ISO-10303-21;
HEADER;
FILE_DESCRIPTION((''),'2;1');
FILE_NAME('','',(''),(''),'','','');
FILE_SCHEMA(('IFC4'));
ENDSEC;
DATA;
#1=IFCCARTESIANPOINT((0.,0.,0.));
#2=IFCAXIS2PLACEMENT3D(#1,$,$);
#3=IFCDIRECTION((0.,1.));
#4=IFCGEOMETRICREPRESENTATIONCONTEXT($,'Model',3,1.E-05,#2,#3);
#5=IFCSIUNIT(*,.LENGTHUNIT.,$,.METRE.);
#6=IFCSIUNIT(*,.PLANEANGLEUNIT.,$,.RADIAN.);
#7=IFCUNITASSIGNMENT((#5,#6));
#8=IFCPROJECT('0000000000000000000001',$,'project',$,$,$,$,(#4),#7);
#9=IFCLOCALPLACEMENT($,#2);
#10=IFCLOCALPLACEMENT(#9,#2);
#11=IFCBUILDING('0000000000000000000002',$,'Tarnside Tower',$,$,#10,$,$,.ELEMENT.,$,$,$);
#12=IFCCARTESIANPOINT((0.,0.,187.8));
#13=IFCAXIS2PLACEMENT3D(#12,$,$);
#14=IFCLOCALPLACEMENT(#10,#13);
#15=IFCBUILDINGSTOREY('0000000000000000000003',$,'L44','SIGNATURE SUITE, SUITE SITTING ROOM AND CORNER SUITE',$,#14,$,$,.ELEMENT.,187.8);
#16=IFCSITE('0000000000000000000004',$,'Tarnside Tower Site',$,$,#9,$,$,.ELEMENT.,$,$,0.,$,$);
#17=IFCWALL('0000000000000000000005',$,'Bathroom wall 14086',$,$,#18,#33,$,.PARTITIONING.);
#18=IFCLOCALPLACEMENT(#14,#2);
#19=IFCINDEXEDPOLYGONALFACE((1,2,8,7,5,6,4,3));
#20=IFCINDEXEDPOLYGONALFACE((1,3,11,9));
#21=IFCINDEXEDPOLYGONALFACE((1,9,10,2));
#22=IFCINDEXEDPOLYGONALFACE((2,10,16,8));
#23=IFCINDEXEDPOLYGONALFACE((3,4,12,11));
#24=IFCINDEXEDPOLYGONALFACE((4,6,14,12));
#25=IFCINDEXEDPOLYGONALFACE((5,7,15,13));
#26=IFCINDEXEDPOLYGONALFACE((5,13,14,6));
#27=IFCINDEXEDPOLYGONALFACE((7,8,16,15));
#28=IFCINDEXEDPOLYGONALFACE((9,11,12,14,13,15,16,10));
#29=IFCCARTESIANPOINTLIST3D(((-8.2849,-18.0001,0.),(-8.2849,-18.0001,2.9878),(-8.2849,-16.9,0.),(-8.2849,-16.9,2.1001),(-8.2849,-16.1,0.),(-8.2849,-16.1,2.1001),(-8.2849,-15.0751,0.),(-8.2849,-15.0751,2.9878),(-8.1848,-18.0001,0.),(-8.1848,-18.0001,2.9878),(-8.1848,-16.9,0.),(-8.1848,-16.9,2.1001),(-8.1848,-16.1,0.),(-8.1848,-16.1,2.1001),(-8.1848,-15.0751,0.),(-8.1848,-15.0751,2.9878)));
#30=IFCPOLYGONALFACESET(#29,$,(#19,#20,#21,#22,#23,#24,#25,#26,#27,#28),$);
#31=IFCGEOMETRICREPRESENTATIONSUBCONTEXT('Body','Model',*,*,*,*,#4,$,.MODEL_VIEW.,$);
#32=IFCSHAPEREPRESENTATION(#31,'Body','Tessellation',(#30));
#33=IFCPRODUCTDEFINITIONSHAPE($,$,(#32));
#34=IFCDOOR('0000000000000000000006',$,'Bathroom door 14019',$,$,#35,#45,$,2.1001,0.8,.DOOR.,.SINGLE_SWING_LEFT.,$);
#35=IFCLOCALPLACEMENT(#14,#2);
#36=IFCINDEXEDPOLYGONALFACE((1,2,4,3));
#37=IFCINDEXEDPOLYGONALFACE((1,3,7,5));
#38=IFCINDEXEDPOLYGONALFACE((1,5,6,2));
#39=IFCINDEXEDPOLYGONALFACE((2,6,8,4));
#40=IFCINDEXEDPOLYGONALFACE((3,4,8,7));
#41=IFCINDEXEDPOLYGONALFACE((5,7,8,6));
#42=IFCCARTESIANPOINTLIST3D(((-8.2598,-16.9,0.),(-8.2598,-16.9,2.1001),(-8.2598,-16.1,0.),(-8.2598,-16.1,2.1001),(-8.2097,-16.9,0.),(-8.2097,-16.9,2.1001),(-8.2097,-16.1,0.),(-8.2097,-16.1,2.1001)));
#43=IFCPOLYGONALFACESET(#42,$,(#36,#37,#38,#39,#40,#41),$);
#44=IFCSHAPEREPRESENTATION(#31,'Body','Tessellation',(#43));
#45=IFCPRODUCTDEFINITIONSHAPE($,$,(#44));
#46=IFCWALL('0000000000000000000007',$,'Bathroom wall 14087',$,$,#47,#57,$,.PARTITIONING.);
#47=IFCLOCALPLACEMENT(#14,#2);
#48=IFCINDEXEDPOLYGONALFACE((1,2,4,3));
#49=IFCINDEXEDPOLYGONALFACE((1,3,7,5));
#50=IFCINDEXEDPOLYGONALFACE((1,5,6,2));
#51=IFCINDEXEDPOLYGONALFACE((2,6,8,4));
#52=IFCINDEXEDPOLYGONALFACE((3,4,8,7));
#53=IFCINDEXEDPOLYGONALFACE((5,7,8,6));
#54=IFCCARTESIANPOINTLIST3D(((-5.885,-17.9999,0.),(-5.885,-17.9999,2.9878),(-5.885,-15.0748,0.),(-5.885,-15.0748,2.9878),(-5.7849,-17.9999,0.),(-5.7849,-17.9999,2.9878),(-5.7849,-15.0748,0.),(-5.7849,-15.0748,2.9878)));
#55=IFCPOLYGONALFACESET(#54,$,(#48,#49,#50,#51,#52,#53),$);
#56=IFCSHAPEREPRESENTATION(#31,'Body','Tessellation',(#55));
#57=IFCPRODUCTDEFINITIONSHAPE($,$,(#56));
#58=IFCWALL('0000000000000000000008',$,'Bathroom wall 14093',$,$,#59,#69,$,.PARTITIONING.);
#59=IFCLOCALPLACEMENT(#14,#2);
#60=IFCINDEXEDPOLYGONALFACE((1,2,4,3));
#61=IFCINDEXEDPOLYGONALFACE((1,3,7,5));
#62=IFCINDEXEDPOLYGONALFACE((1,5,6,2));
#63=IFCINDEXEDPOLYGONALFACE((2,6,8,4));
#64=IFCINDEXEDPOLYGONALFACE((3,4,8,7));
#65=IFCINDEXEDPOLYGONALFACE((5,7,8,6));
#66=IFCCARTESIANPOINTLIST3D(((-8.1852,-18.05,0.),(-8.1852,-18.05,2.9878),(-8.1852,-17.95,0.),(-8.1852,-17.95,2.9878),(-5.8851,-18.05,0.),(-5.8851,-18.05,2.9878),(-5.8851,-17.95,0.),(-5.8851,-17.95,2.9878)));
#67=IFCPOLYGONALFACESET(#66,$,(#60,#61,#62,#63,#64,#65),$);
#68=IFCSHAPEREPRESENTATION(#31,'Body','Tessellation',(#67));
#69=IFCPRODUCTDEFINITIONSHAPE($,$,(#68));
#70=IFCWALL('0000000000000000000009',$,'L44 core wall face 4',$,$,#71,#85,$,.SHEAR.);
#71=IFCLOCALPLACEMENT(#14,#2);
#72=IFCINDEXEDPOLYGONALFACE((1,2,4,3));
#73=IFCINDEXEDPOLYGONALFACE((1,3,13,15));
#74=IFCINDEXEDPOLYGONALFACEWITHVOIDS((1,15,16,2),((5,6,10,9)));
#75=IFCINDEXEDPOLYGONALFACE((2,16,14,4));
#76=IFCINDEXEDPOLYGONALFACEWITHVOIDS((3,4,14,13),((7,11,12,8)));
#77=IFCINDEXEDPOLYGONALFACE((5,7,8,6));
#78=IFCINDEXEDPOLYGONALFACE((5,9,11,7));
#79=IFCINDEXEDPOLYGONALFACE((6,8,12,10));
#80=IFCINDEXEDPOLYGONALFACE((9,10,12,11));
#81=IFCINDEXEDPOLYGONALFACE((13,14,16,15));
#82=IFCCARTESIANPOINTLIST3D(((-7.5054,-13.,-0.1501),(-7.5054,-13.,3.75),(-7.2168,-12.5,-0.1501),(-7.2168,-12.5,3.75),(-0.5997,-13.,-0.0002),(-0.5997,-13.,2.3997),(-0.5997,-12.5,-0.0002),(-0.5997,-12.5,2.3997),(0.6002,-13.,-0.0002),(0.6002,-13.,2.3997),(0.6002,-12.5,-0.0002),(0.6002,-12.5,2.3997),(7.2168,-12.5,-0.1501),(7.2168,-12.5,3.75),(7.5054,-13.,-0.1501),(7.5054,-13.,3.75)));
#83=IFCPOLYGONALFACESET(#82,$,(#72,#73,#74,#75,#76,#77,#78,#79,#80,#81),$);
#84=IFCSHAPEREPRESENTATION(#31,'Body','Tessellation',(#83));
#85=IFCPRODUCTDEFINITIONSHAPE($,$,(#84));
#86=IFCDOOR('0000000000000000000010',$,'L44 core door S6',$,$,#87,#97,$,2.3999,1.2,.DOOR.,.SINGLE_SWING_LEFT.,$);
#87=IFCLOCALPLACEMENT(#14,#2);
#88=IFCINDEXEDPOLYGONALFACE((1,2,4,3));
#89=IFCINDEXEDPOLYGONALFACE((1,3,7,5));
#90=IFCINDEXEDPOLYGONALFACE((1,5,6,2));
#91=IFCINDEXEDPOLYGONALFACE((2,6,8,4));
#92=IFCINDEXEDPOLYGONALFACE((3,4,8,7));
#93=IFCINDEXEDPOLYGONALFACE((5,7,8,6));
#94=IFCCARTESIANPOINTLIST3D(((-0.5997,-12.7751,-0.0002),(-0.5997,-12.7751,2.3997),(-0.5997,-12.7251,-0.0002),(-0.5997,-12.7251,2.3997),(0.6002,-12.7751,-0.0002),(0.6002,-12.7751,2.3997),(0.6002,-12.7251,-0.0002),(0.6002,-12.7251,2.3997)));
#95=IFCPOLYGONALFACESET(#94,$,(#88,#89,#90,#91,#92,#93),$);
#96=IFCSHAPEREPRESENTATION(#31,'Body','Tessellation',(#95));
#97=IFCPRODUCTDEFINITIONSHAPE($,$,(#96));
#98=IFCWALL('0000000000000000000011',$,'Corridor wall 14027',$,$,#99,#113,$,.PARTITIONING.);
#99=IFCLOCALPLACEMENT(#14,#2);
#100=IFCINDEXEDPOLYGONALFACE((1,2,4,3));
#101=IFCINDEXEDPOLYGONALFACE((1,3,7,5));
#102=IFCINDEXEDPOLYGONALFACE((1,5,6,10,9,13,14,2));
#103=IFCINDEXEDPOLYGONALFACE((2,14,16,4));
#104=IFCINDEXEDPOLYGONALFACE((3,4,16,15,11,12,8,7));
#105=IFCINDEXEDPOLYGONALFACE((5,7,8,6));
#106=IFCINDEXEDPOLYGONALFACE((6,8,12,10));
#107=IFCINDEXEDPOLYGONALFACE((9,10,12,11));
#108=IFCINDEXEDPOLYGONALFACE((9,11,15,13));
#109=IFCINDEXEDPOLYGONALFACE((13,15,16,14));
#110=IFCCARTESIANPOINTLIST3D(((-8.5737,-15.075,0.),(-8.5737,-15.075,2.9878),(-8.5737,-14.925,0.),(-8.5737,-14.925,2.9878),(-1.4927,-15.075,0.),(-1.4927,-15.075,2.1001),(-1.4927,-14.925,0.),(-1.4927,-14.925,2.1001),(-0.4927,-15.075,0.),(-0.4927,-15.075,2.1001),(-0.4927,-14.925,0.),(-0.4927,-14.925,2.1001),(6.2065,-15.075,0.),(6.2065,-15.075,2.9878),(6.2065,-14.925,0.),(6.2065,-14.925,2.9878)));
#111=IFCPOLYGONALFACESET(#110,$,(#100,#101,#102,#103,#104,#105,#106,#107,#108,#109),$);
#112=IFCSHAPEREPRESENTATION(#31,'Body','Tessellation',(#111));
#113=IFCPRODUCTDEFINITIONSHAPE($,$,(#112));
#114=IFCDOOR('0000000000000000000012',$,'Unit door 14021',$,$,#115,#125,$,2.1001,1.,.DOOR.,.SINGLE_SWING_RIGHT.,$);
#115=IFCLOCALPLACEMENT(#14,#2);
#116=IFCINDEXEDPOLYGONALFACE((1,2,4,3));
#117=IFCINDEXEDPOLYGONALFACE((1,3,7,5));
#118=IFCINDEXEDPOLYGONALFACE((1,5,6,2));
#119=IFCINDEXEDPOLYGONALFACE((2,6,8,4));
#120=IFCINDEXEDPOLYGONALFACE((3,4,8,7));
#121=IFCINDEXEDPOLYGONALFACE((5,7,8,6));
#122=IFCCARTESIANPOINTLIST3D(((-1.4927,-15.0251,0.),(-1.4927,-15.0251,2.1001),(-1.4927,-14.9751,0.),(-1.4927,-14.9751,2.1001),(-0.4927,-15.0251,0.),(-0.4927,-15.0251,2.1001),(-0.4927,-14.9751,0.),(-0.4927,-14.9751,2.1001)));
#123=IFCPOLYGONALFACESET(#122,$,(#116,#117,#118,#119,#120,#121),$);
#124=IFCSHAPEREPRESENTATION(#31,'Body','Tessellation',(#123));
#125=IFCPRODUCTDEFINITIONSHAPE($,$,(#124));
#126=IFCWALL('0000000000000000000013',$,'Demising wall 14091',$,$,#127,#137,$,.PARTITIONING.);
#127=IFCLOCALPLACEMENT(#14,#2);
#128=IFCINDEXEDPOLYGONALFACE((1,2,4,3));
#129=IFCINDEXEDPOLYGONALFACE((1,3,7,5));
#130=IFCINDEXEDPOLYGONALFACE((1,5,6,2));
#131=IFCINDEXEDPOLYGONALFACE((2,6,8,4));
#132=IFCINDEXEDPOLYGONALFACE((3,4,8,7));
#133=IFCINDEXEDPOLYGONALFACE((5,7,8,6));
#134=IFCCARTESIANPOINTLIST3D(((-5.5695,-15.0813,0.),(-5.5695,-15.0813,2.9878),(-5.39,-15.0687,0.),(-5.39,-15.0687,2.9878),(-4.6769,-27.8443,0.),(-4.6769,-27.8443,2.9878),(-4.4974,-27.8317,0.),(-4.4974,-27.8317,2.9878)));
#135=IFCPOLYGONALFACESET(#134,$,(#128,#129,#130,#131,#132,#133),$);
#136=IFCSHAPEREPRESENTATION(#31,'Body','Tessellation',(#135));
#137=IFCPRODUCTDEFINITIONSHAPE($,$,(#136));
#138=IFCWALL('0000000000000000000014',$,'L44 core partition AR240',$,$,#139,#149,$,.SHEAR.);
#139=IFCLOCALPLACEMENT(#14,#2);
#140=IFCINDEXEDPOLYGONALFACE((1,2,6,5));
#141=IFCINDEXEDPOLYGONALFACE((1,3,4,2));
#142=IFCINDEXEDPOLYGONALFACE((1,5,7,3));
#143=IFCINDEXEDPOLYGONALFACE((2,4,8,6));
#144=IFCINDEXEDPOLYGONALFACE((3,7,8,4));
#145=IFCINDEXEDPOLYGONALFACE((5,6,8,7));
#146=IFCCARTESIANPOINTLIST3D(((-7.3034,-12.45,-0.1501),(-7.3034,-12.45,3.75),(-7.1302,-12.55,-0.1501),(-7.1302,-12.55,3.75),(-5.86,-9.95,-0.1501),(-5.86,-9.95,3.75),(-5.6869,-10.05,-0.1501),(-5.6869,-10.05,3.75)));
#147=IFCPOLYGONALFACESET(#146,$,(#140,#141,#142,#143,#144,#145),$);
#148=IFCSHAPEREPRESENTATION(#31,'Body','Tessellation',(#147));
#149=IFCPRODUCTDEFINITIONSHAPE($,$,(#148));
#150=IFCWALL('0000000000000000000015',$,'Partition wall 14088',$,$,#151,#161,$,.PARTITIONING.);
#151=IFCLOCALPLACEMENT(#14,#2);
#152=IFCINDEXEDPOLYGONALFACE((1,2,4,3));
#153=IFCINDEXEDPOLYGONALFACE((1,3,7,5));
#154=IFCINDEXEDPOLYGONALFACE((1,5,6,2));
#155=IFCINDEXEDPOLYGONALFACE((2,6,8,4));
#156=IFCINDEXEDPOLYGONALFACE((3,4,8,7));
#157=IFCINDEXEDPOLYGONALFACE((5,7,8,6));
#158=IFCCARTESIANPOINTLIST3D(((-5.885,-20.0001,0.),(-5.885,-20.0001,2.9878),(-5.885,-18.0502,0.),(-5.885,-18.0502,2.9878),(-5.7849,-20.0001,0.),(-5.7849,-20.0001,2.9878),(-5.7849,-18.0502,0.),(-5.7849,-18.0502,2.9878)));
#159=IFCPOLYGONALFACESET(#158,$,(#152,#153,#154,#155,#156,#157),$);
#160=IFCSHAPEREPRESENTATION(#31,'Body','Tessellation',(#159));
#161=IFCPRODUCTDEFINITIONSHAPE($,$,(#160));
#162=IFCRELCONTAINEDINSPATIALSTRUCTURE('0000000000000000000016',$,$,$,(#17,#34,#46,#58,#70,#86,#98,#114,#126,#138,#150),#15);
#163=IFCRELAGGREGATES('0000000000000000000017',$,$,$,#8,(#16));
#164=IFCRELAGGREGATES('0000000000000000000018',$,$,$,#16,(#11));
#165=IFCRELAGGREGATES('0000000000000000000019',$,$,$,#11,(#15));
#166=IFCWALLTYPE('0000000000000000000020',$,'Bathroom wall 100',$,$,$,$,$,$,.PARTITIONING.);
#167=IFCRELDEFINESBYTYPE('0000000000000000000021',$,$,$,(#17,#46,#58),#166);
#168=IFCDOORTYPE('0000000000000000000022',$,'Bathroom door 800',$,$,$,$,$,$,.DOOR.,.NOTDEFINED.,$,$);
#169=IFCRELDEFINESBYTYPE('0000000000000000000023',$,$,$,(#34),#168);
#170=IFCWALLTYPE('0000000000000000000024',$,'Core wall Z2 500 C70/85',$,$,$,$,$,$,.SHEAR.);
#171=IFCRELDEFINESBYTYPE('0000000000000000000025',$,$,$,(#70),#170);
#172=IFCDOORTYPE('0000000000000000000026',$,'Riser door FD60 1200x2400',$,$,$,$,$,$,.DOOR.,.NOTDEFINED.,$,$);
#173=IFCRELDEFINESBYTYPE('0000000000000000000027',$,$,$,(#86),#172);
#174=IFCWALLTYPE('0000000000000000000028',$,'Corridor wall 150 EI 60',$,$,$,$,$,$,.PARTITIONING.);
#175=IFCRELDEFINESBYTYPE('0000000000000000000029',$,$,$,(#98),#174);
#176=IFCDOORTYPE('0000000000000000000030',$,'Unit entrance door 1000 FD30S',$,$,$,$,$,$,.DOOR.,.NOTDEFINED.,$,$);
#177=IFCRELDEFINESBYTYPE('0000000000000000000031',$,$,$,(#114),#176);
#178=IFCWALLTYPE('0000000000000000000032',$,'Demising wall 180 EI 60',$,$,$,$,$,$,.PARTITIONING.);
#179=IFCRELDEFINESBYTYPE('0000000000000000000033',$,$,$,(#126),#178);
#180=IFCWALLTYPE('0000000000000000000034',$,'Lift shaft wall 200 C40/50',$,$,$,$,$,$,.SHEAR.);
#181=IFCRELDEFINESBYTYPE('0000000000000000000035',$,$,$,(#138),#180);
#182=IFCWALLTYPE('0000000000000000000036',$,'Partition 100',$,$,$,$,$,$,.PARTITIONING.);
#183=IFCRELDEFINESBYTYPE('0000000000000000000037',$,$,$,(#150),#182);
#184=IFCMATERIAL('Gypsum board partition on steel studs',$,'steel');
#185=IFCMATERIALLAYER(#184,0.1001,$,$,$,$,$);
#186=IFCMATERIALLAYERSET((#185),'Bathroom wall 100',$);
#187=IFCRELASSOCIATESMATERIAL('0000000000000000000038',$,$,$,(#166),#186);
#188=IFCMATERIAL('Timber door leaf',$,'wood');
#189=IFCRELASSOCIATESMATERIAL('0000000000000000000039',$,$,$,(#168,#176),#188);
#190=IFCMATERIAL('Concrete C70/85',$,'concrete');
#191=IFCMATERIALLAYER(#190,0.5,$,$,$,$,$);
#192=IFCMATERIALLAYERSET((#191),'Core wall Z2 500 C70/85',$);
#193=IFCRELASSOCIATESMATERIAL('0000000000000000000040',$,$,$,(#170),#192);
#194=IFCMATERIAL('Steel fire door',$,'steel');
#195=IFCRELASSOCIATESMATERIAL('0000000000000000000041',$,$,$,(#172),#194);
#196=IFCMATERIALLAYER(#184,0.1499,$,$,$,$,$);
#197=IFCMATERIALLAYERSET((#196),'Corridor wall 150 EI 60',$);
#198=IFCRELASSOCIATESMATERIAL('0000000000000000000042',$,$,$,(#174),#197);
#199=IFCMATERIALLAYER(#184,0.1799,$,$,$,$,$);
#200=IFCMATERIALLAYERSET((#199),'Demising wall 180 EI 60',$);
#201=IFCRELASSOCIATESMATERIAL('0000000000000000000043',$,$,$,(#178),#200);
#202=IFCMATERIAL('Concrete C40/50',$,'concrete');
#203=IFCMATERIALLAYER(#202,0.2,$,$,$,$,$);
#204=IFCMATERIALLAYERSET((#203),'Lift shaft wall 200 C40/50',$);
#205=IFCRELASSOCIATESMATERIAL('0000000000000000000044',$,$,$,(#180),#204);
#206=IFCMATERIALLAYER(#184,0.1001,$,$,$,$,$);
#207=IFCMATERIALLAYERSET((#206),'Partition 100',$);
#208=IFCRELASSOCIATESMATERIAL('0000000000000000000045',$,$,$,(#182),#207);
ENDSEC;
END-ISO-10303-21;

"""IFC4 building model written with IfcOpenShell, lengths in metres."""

from ifc_helpers import new_model, si_unit, direction, frame, frame_2d, origin, place, context, subcontext, project, spatial, polyline, rectangle, outline, extrude, material, layer, layer_set, type_object, element, fill, save


model = new_model("IFC4")

# Units and contexts
model_context = context("Model", 3, precision=1e-05, world=origin(), true_north=direction((0.0, 1.0)))
body_context = subcontext(model_context, "Body", "Model", "MODEL_VIEW")
ifc_project = project(units=[si_unit("LENGTHUNIT", "METRE"), si_unit("PLANEANGLEUNIT", "RADIAN")], contexts=[model_context])

# Site, building, storey
site_placement = place(None, origin())
site = spatial("IfcSite", under=ifc_project, at=site_placement, Name="Tarnside Tower Site", CompositionType="ELEMENT", RefElevation=0.0)
building_placement = place(site_placement, origin())
building = spatial("IfcBuilding", under=site, at=building_placement, Name="Tarnside Tower", CompositionType="ELEMENT")
storey_placement = place(building_placement, frame((0.0, 0.0, 187.8)))
storey = spatial("IfcBuildingStorey", under=building, at=storey_placement, Name="L44", Description="SIGNATURE SUITE, SUITE SITTING ROOM AND CORNER SUITE", CompositionType="ELEMENT", Elevation=187.8)

# Wall, opening, door
ifc_material_1 = material(Name="Gypsum board partition on steel studs", Category="steel")
ifc_layer_1 = layer(ifc_material_1, 0.1001)
ifc_layer_set_1 = layer_set([ifc_layer_1], Name="Bathroom wall 100")
wall_type_1 = type_object("IfcWallType", Name="Bathroom wall 100", PredefinedType="PARTITIONING", material=ifc_layer_set_1)
wall_1_placement = place(storey_placement, frame((-8.2349, -18.0, 0.0), z_axis=(0.0, 0.0, 1.0), x_axis=(0.0, 1.0, 0.0)))
wall_1 = element("IfcWall", 1, at=wall_1_placement, inside=storey, type_object=wall_type_1, Name="Bathroom wall 14086", PredefinedType="PARTITIONING", context=body_context, shape_type="SweptSolid", body=[
    extrude(rectangle(XDim=2.925, YDim=0.1001, at=frame_2d((1.4624, 0.0))), origin(), (0.0, 0.0, 1.0), 2.9878),
])
opening_1_placement = place(wall_1_placement, frame((1.1001, 0.0, 0.0)))
opening_1 = element("IfcOpeningElement", 2, at=opening_1_placement, cuts=wall_1, PredefinedType="OPENING", context=body_context, shape_type="SweptSolid", body=[
    extrude(rectangle(XDim=0.8, YDim=2.1001, at=frame_2d((0.3999, 1.05))), frame((0.0, 0.0601, 0.0), z_axis=(0.0, -1.0, 0.0), x_axis=(1.0, 0.0, 0.0)), (0.0, 0.0, 1.0), 0.1201),
])
ifc_material_2 = material(Name="Timber door leaf", Category="wood")
door_type_1 = type_object("IfcDoorType", Name="Bathroom door 800", OperationType="NOTDEFINED", PredefinedType="DOOR", material=ifc_material_2)
door_1_placement = place(opening_1_placement, origin())
door_1 = element("IfcDoor", 3, at=door_1_placement, inside=storey, type_object=door_type_1, Name="Bathroom door 14019", OperationType="SINGLE_SWING_LEFT", OverallHeight=2.1001, OverallWidth=0.8, PredefinedType="DOOR", context=body_context, shape_type="SweptSolid", body=[
    extrude(rectangle(XDim=0.8, YDim=2.1001, at=frame_2d((0.3999, 1.05))), frame((0.0, 0.0249, 0.0), z_axis=(0.0, -1.0, 0.0), x_axis=(1.0, 0.0, 0.0)), (0.0, 0.0, 1.0), 0.05),
])
fill(opening_1, door_1)

# Walls
wall_2_placement = place(storey_placement, frame((-5.835, -15.075, 0.0), z_axis=(0.0, 0.0, 1.0), x_axis=(0.0, -1.0, 0.0)))
element("IfcWall", 4, at=wall_2_placement, inside=storey, type_object=wall_type_1, Name="Bathroom wall 14087", PredefinedType="PARTITIONING", context=body_context, shape_type="SweptSolid", body=[
    extrude(rectangle(XDim=2.925, YDim=0.1001, at=frame_2d((1.4624, 0.0))), origin(), (0.0, 0.0, 1.0), 2.9878),
])
wall_3_placement = place(storey_placement, frame((-8.1851, -18.0, 0.0), z_axis=(0.0, 0.0, 1.0), x_axis=(1.0, 0.0, 0.0)))
element("IfcWall", 5, at=wall_3_placement, inside=storey, type_object=wall_type_1, Name="Bathroom wall 14093", PredefinedType="PARTITIONING", context=body_context, shape_type="SweptSolid", body=[
    extrude(rectangle(XDim=2.3, YDim=0.1001, at=frame_2d((1.1499, 0.0))), origin(), (0.0, 0.0, 1.0), 2.9878),
])

# Walls, openings, doors
ifc_material_3 = material(Name="Concrete C70/85", Category="concrete")
ifc_layer_2 = layer(ifc_material_3, 0.5)
ifc_layer_set_2 = layer_set([ifc_layer_2], Name="Core wall Z2 500 C70/85")
wall_type_2 = type_object("IfcWallType", Name="Core wall Z2 500 C70/85", PredefinedType="SHEAR", material=ifc_layer_set_2)
wall_4_placement = place(storey_placement, frame((-7.3611, -12.75, -0.1501), z_axis=(0.0, 0.0, 1.0), x_axis=(1.0, 0.0, 0.0)))
wall_4 = element("IfcWall", 6, at=wall_4_placement, inside=storey, type_object=wall_type_2, Name="L44 core wall face 4", PredefinedType="SHEAR", context=body_context, shape_type="SweptSolid", body=[
    extrude(outline(polyline([(-0.1443, -0.25), (14.8665, -0.25), (14.5779, 0.25), (0.1443, 0.25), (-0.1443, -0.25)])), origin(), (0.0, 0.0, 1.0), 3.9001),
])
opening_2_placement = place(wall_4_placement, frame((6.7612, 0.0, 0.1499)))
opening_2 = element("IfcOpeningElement", 7, at=opening_2_placement, cuts=wall_4, PredefinedType="OPENING", context=body_context, shape_type="SweptSolid", body=[
    extrude(rectangle(XDim=1.2, YDim=2.3999, at=frame_2d((0.6001, 1.2))), frame((0.0, 0.26, 0.0), z_axis=(0.0, -1.0, 0.0), x_axis=(1.0, 0.0, 0.0)), (0.0, 0.0, 1.0), 0.52),
])
ifc_material_4 = material(Name="Steel fire door", Category="steel")
door_type_2 = type_object("IfcDoorType", Name="Riser door FD60 1200x2400", OperationType="NOTDEFINED", PredefinedType="DOOR", material=ifc_material_4)
door_2_placement = place(opening_2_placement, origin())
door_2 = element("IfcDoor", 8, at=door_2_placement, inside=storey, type_object=door_type_2, Name="L44 core door S6", OperationType="SINGLE_SWING_LEFT", OverallHeight=2.3999, OverallWidth=1.2, PredefinedType="DOOR", context=body_context, shape_type="SweptSolid", body=[
    extrude(rectangle(XDim=1.2, YDim=2.3999, at=frame_2d((0.6001, 1.2))), frame((0.0, 0.0249, 0.0), z_axis=(0.0, -1.0, 0.0), x_axis=(1.0, 0.0, 0.0)), (0.0, 0.0, 1.0), 0.05),
])
fill(opening_2, door_2)
ifc_layer_3 = layer(ifc_material_1, 0.1499)
ifc_layer_set_3 = layer_set([ifc_layer_3], Name="Corridor wall 150 EI 60")
wall_type_3 = type_object("IfcWallType", Name="Corridor wall 150 EI 60", PredefinedType="PARTITIONING", material=ifc_layer_set_3)
wall_5_placement = place(storey_placement, frame((-8.5737, -15.0, 0.0), z_axis=(0.0, 0.0, 1.0), x_axis=(1.0, 0.0, 0.0)))
wall_5 = element("IfcWall", 9, at=wall_5_placement, inside=storey, type_object=wall_type_3, Name="Corridor wall 14027", PredefinedType="PARTITIONING", context=body_context, shape_type="SweptSolid", body=[
    extrude(rectangle(XDim=14.7803, YDim=0.1499, at=frame_2d((7.3901, 0.0))), origin(), (0.0, 0.0, 1.0), 2.9878),
])
opening_3_placement = place(wall_5_placement, frame((7.0811, 0.0, 0.0)))
opening_3 = element("IfcOpeningElement", 10, at=opening_3_placement, cuts=wall_5, PredefinedType="OPENING", context=body_context, shape_type="SweptSolid", body=[
    extrude(rectangle(XDim=1.0, YDim=2.1001, at=frame_2d((0.5, 1.05))), frame((0.0, 0.085, 0.0), z_axis=(0.0, -1.0, 0.0), x_axis=(1.0, 0.0, 0.0)), (0.0, 0.0, 1.0), 0.1699),
])
door_type_3 = type_object("IfcDoorType", Name="Unit entrance door 1000 FD30S", OperationType="NOTDEFINED", PredefinedType="DOOR", material=ifc_material_2)
door_3_placement = place(opening_3_placement, origin())
door_3 = element("IfcDoor", 11, at=door_3_placement, inside=storey, type_object=door_type_3, Name="Unit door 14021", OperationType="SINGLE_SWING_RIGHT", OverallHeight=2.1001, OverallWidth=1.0, PredefinedType="DOOR", context=body_context, shape_type="SweptSolid", body=[
    extrude(rectangle(XDim=1.0, YDim=2.1001, at=frame_2d((0.5, 1.05))), frame((0.0, 0.0249, 0.0), z_axis=(0.0, -1.0, 0.0), x_axis=(1.0, 0.0, 0.0)), (0.0, 0.0, 1.0), 0.05),
])
fill(opening_3, door_3)

# Walls
ifc_layer_4 = layer(ifc_material_1, 0.1799)
ifc_layer_set_4 = layer_set([ifc_layer_4], Name="Demising wall 180 EI 60")
wall_type_4 = type_object("IfcWallType", Name="Demising wall 180 EI 60", PredefinedType="PARTITIONING", material=ifc_layer_set_4)
wall_6_placement = place(storey_placement, frame((-4.5872, -27.8379, 0.0), z_axis=(0.0, 0.0, 1.0), x_axis=(-0.069765, 0.997563, 0.0)))
element("IfcWall", 12, at=wall_6_placement, inside=storey, type_object=wall_type_4, Name="Demising wall 14091", PredefinedType="PARTITIONING", context=body_context, shape_type="SweptSolid", body=[
    extrude(rectangle(XDim=12.7942, YDim=0.1799, at=frame_2d((6.397, 0.0))), origin(), (0.0, 0.0, 1.0), 2.9878),
])
ifc_material_5 = material(Name="Concrete C40/50", Category="concrete")
ifc_layer_5 = layer(ifc_material_5, 0.2)
ifc_layer_set_5 = layer_set([ifc_layer_5], Name="Lift shaft wall 200 C40/50")
wall_type_5 = type_object("IfcWallType", Name="Lift shaft wall 200 C40/50", PredefinedType="SHEAR", material=ifc_layer_set_5)
wall_7_placement = place(storey_placement, frame((-5.7734, -10.0, -0.1501), z_axis=(0.0, 0.0, 1.0), x_axis=(-0.499996, -0.866028, 0.0)))
element("IfcWall", 13, at=wall_7_placement, inside=storey, type_object=wall_type_5, Name="L44 core partition AR240", PredefinedType="SHEAR", context=body_context, shape_type="SweptSolid", body=[
    extrude(rectangle(XDim=2.8867, YDim=0.2, at=frame_2d((1.4434, 0.0))), origin(), (0.0, 0.0, 1.0), 3.9001),
])
ifc_layer_6 = layer(ifc_material_1, 0.1001)
ifc_layer_set_6 = layer_set([ifc_layer_6], Name="Partition 100")
wall_type_6 = type_object("IfcWallType", Name="Partition 100", PredefinedType="PARTITIONING", material=ifc_layer_set_6)
wall_8_placement = place(storey_placement, frame((-5.835, -18.05, 0.0), z_axis=(0.0, 0.0, 1.0), x_axis=(0.0, -1.0, 0.0)))
element("IfcWall", 14, at=wall_8_placement, inside=storey, type_object=wall_type_6, Name="Partition wall 14088", PredefinedType="PARTITIONING", context=body_context, shape_type="SweptSolid", body=[
    extrude(rectangle(XDim=1.95, YDim=0.1001, at=frame_2d((0.9751, 0.0))), origin(), (0.0, 0.0, 1.0), 2.9878),
])

save(model, "model.ifc")
